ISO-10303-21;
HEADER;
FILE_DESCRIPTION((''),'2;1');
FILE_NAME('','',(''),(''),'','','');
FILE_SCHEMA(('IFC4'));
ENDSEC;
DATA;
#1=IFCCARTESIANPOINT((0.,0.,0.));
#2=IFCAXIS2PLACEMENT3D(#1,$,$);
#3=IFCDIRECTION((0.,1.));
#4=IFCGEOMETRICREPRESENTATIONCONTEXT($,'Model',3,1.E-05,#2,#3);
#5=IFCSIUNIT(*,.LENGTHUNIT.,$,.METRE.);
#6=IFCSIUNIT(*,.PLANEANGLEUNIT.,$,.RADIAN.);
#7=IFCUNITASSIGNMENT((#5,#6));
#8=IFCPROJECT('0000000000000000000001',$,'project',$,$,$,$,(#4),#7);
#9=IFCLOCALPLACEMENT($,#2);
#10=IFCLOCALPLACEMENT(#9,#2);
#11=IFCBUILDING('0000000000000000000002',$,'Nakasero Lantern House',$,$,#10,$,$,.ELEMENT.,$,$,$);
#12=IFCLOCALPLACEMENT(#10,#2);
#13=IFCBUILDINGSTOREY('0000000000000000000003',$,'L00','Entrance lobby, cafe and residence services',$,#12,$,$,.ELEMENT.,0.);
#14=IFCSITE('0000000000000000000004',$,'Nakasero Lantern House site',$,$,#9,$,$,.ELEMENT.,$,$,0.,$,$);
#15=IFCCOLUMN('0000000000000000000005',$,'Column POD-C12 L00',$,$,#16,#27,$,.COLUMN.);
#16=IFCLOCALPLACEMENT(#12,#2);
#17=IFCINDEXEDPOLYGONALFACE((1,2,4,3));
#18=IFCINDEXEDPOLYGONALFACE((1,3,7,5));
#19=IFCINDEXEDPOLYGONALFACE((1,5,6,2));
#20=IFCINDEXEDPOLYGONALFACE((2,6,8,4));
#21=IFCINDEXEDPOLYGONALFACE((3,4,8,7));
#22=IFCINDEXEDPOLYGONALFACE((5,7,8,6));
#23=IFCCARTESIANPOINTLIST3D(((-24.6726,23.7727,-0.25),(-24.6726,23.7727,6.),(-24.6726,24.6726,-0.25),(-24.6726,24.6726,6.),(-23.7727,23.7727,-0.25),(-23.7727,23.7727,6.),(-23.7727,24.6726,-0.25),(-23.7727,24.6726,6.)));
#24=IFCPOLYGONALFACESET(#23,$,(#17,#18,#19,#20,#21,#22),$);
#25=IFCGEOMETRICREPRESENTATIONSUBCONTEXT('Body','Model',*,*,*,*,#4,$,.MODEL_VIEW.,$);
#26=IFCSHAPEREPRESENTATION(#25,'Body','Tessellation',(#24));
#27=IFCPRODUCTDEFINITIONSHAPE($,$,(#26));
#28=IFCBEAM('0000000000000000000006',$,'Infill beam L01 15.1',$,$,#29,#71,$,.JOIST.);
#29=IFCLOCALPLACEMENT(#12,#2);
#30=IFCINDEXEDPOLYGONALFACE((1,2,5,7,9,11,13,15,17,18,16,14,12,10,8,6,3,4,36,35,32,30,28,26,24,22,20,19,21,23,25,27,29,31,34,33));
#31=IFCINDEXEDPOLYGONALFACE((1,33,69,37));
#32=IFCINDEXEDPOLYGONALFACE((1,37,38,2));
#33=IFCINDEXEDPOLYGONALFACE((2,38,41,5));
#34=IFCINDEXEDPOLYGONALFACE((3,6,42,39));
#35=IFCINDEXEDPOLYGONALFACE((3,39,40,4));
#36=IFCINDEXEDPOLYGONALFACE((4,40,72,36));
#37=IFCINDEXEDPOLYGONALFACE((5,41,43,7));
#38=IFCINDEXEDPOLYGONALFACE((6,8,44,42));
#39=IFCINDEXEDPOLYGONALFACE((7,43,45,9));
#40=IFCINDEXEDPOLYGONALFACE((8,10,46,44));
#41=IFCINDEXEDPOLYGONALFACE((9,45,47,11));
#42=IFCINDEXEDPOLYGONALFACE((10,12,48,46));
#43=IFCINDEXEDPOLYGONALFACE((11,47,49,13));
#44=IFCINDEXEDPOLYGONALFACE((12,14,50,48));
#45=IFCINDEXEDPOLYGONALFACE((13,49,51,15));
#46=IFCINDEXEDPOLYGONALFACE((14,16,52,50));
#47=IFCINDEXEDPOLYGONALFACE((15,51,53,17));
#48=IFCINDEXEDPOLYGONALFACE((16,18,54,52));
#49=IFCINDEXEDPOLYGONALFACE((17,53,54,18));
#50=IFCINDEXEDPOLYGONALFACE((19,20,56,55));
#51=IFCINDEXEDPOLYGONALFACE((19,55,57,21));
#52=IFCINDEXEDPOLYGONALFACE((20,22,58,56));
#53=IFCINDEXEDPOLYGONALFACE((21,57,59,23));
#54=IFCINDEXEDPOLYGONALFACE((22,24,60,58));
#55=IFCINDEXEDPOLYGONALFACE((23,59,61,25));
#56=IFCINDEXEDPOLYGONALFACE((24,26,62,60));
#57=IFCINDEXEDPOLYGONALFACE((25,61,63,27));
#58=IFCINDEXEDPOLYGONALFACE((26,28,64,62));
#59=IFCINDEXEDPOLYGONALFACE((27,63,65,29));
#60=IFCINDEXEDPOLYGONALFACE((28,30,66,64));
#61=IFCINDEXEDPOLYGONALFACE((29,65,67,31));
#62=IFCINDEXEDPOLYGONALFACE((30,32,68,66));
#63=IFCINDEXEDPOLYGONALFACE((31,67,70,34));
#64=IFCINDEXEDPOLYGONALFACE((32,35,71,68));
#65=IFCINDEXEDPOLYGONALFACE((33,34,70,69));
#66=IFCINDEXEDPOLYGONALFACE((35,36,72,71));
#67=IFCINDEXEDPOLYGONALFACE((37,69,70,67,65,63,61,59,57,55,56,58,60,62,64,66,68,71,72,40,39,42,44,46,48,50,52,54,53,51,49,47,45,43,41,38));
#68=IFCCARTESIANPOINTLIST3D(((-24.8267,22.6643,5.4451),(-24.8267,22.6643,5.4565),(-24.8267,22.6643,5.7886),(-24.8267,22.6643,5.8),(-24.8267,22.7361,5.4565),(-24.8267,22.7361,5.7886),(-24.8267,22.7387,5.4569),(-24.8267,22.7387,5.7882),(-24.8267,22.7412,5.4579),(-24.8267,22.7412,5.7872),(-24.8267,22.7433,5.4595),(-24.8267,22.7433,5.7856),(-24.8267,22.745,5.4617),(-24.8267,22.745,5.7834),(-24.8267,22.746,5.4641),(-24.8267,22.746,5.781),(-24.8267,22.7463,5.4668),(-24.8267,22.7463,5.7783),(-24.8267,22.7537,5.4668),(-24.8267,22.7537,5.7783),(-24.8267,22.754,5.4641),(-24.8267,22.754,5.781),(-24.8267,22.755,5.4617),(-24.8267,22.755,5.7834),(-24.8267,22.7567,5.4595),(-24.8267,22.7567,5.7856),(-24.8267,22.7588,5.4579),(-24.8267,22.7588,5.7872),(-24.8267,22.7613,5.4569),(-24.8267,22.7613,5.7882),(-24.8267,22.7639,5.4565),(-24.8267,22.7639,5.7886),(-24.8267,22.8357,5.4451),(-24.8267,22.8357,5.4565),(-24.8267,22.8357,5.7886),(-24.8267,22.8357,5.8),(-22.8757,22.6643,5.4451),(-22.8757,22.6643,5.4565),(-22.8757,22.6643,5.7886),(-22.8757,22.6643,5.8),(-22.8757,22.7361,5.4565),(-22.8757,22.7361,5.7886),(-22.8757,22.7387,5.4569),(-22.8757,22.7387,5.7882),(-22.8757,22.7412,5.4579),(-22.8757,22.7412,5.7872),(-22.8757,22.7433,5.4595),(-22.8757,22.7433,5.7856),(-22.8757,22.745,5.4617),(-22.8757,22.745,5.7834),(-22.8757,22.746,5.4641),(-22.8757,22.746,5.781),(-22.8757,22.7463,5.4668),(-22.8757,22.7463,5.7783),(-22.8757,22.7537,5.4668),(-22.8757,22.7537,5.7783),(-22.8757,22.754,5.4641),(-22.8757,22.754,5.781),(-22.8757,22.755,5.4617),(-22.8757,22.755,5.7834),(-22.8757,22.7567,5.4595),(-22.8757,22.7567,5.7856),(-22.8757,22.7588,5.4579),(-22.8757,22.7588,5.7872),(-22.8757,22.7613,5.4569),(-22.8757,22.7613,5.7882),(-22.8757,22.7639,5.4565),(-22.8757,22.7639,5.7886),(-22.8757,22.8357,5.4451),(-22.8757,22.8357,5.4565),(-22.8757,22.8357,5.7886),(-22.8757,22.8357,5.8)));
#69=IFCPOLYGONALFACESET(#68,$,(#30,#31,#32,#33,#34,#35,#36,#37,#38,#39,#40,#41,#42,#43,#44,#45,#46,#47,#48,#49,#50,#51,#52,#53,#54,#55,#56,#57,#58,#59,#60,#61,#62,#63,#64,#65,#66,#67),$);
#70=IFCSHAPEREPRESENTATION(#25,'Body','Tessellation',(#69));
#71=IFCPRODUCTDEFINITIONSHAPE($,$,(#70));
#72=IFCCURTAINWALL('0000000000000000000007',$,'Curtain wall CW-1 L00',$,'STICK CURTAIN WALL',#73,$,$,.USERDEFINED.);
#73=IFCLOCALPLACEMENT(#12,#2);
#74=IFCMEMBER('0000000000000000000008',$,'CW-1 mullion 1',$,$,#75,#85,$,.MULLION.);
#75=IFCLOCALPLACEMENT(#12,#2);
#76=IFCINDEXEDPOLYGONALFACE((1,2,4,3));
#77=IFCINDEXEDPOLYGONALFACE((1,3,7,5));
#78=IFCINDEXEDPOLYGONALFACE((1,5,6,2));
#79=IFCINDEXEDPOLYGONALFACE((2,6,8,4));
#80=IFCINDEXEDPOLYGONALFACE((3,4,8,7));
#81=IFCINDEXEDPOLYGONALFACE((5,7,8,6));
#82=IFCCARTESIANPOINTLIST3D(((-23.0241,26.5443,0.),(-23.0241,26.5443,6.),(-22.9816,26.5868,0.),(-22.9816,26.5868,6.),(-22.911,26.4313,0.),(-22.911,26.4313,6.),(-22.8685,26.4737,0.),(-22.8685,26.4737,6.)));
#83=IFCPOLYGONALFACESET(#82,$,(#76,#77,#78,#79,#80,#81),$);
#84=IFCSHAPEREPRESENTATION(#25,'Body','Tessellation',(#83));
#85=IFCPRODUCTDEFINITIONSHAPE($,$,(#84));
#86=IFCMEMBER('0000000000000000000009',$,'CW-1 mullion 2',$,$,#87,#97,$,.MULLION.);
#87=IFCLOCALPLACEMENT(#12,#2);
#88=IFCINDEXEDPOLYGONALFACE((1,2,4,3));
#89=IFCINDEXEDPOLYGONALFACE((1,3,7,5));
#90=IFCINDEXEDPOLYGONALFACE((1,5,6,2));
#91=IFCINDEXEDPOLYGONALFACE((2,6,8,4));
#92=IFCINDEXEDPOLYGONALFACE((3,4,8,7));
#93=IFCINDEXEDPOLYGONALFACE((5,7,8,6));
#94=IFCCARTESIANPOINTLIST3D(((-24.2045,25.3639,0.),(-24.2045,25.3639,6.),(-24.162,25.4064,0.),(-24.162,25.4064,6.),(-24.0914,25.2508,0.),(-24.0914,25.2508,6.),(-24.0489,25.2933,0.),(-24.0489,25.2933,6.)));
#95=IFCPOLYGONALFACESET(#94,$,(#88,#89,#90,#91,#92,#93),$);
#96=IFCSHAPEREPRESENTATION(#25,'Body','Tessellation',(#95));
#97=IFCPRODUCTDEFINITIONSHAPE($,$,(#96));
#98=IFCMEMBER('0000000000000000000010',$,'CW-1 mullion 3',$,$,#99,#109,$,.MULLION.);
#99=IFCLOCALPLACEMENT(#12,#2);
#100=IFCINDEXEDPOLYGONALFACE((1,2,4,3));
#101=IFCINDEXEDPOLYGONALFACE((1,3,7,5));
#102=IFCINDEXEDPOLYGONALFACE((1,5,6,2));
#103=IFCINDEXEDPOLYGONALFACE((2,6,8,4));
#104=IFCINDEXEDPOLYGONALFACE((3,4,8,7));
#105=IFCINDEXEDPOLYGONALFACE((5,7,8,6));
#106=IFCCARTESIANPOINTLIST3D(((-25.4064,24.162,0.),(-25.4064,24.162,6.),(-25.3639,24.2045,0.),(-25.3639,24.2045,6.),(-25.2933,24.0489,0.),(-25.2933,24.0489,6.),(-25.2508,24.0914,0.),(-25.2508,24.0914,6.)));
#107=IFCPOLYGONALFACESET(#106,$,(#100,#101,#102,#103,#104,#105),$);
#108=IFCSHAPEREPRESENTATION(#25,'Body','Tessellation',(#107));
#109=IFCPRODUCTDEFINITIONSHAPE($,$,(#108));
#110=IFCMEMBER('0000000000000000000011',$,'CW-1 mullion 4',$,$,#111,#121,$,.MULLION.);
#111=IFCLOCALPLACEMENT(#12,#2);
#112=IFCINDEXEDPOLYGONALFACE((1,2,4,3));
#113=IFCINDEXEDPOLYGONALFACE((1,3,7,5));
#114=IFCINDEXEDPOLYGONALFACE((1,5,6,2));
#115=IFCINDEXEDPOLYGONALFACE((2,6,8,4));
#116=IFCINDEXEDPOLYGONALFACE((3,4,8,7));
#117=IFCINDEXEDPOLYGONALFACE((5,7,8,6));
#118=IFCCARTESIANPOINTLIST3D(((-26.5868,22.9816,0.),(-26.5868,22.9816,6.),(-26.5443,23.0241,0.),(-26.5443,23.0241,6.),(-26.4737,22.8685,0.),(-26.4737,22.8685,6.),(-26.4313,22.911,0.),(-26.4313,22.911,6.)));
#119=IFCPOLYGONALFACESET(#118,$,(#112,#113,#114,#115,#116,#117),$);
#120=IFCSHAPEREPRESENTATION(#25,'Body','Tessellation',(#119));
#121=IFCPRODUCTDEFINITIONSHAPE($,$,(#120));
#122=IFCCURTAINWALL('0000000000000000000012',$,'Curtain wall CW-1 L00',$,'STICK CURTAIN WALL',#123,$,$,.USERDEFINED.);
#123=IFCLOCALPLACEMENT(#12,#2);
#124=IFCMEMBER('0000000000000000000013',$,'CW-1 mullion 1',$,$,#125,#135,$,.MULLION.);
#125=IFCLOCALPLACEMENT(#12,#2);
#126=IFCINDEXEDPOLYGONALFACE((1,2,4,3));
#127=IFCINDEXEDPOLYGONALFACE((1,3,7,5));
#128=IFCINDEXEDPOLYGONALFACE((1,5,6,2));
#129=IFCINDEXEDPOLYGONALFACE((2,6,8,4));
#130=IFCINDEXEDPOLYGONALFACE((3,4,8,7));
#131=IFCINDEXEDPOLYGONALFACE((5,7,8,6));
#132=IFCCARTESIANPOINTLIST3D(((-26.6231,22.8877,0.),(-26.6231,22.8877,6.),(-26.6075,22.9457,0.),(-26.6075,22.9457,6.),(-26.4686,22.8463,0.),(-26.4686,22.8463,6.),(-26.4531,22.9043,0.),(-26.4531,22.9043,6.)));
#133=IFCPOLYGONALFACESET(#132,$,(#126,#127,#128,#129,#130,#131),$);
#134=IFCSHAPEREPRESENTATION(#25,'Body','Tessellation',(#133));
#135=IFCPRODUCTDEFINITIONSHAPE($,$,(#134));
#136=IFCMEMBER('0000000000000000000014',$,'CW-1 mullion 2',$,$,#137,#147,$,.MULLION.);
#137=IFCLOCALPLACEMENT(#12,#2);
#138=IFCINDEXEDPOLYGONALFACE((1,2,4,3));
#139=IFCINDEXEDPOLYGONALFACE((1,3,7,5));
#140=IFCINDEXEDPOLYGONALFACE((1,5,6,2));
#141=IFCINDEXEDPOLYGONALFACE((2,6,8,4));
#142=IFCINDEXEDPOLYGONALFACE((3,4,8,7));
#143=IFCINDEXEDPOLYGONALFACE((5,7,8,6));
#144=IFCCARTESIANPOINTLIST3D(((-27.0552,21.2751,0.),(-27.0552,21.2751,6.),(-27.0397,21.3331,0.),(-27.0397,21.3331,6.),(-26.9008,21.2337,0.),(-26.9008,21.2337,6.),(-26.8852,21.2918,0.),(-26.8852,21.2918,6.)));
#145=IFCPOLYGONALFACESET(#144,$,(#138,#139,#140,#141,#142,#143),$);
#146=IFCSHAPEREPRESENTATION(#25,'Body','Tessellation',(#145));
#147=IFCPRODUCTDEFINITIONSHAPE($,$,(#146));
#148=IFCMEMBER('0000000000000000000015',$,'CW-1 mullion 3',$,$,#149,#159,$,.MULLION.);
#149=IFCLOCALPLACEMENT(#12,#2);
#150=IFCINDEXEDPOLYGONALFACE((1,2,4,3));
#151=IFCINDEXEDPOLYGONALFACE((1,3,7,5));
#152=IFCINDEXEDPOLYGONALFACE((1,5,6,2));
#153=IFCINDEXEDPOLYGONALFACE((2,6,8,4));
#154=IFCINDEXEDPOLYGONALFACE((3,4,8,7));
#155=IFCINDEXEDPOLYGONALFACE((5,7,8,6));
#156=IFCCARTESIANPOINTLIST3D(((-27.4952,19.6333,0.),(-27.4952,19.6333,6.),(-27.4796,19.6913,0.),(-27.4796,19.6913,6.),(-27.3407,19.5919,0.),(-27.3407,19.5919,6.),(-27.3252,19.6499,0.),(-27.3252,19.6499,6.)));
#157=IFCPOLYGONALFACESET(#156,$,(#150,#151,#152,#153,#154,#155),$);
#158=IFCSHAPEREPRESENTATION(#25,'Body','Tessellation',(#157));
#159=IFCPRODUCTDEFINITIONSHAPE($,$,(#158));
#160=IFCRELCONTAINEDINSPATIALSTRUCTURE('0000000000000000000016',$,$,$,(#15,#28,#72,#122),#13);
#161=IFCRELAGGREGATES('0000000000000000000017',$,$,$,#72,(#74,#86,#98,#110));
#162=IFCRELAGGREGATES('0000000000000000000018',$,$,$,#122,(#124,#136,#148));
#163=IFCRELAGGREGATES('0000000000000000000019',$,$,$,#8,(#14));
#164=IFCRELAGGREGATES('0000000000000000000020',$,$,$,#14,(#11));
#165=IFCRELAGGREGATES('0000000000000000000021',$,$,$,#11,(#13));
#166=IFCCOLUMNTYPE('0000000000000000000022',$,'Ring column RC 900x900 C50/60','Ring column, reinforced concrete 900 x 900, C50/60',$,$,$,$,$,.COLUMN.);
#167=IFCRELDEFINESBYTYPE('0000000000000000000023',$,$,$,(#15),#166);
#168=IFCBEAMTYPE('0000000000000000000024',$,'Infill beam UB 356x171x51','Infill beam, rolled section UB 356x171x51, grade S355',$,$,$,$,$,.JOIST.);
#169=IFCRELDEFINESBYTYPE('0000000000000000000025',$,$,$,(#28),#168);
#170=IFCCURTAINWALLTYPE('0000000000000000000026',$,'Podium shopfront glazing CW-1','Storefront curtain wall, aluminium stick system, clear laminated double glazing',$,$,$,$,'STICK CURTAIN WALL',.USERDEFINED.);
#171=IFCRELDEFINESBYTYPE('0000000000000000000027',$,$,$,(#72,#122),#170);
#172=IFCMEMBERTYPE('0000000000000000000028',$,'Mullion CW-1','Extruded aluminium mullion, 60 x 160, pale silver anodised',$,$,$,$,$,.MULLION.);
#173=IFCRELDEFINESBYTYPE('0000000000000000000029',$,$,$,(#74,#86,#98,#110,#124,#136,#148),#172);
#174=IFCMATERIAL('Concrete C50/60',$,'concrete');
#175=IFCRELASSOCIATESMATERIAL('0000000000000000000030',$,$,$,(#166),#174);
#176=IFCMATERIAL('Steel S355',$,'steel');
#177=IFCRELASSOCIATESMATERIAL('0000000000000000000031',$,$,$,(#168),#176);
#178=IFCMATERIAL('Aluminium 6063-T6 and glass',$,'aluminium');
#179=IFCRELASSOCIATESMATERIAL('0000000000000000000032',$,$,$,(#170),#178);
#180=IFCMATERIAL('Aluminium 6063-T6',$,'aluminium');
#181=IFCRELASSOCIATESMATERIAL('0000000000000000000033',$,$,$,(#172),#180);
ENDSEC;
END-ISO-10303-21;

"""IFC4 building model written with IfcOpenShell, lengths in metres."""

from ifc_helpers import new_model, si_unit, direction, frame, origin, origin_2d, place, context, subcontext, project, spatial, rectangle, i_section, extrude, material, material_profile, profile_set, type_object, element, aggregate, save


model = new_model("IFC4")

# Units and contexts
model_context = context("Model", 3, precision=1e-05, world=origin(), true_north=direction((0.0, 1.0)))
body_context = subcontext(model_context, "Body", "Model", "MODEL_VIEW")
ifc_project = project(units=[si_unit("LENGTHUNIT", "METRE"), si_unit("PLANEANGLEUNIT", "RADIAN")], contexts=[model_context])

# Site, building, storey
site_placement = place(None, origin())
site = spatial("IfcSite", under=ifc_project, at=site_placement, Name="Nakasero Lantern House site", CompositionType="ELEMENT", RefElevation=0.0)
building_placement = place(site_placement, origin())
building = spatial("IfcBuilding", under=site, at=building_placement, Name="Nakasero Lantern House", CompositionType="ELEMENT")
storey_placement = place(building_placement, origin())
storey = spatial("IfcBuildingStorey", under=building, at=storey_placement, Name="L00", Description="Entrance lobby, cafe and residence services", CompositionType="ELEMENT", Elevation=0.0)

# Column
ifc_material_1 = material(Name="Concrete C50/60", Category="concrete")
ifc_material_profile_1 = material_profile(ifc_material_1, rectangle(XDim=0.8999, YDim=0.8999, at=origin_2d()), Name="RC 900x900")
ifc_profile_set_1 = profile_set([ifc_material_profile_1], Name="Concrete C50/60")
column_type = type_object("IfcColumnType", Name="Ring column RC 900x900 C50/60", Description="Ring column, reinforced concrete 900 x 900, C50/60", PredefinedType="COLUMN", material=ifc_profile_set_1)
column_placement = place(storey_placement, frame((-24.2227, 24.2227, -0.25), z_axis=(0.0, 0.0, 1.0), x_axis=(1.0, 0.0, 0.0)))
element("IfcColumn", 1, at=column_placement, inside=storey, type_object=column_type, Name="Column POD-C12 L00", PredefinedType="COLUMN", context=body_context, shape_type="SweptSolid", body=[
    extrude(rectangle(XDim=0.8999, YDim=0.8999, at=origin_2d()), origin(), (0.0, 0.0, 1.0), 6.25),
])

# Beam
ifc_material_2 = material(Name="Steel S355", Category="steel")
ifc_material_profile_2 = material_profile(ifc_material_2, i_section(OverallWidth=0.1714, OverallDepth=0.355, WebThickness=0.0073, FlangeThickness=0.0115, FilletRadius=0.0103, at=origin_2d()), Name="UB 356x171x51")
ifc_profile_set_2 = profile_set([ifc_material_profile_2], Name="Steel S355")
beam_type_1 = type_object("IfcBeamType", Name="Infill beam UB 356x171x51", Description="Infill beam, rolled section UB 356x171x51, grade S355", PredefinedType="JOIST", material=ifc_profile_set_2)
beam_1_placement = place(storey_placement, frame((-24.8267, 22.75, 5.6226), z_axis=(1.0, 0.0, 0.0), x_axis=(0.0, 1.0, 0.0)))
element("IfcBeam", 2, at=beam_1_placement, inside=storey, type_object=beam_type_1, Name="Infill beam L01 15.1", PredefinedType="JOIST", context=body_context, shape_type="SweptSolid", body=[
    extrude(i_section(OverallWidth=0.1714, OverallDepth=0.355, WebThickness=0.0073, FlangeThickness=0.0115, FilletRadius=0.0103, at=origin_2d()), origin(), (0.0, 0.0, 1.0), 1.9509),
])

# Curtain walls, members
ifc_material_3 = material(Name="Aluminium 6063-T6 and glass", Category="aluminium")
curtain_wall_type = type_object("IfcCurtainWallType", Name="Podium shopfront glazing CW-1", Description="Storefront curtain wall, aluminium stick system, clear laminated double glazing", ElementType="STICK CURTAIN WALL", PredefinedType="USERDEFINED", material=ifc_material_3)
curtain_wall_1_placement = place(storey_placement, origin())
curtain_wall_1 = element("IfcCurtainWall", 3, at=curtain_wall_1_placement, inside=storey, type_object=curtain_wall_type, Name="Curtain wall CW-1 L00", ObjectType="STICK CURTAIN WALL", PredefinedType="USERDEFINED")
ifc_material_4 = material(Name="Aluminium 6063-T6", Category="aluminium")
ifc_material_profile_3 = material_profile(ifc_material_4, rectangle(XDim=0.0601, YDim=0.1599, at=origin_2d()), Name="CW-1 mullion 60x160")
ifc_profile_set_3 = profile_set([ifc_material_profile_3], Name="Aluminium 6063-T6")
member_type_1 = type_object("IfcMemberType", Name="Mullion CW-1", Description="Extruded aluminium mullion, 60 x 160, pale silver anodised", PredefinedType="MULLION", material=ifc_profile_set_3)
member_1_placement = place(storey_placement, frame((-22.9463, 26.509, 0.0), z_axis=(0.0, 0.0, 1.0), x_axis=(-0.707107, -0.707107, 0.0)))
member_1 = element("IfcMember", 4, at=member_1_placement, type_object=member_type_1, Name="CW-1 mullion 1", PredefinedType="MULLION", context=body_context, shape_type="SweptSolid", body=[
    extrude(rectangle(XDim=0.0601, YDim=0.1599, at=origin_2d()), origin(), (0.0, 0.0, 1.0), 6.0),
])
member_2_placement = place(storey_placement, frame((-24.1267, 25.3286, 0.0), z_axis=(0.0, 0.0, 1.0), x_axis=(-0.707107, -0.707107, 0.0)))
member_2 = element("IfcMember", 5, at=member_2_placement, type_object=member_type_1, Name="CW-1 mullion 2", PredefinedType="MULLION", context=body_context, shape_type="SweptSolid", body=[
    extrude(rectangle(XDim=0.0601, YDim=0.1599, at=origin_2d()), origin(), (0.0, 0.0, 1.0), 6.0),
])
member_3_placement = place(storey_placement, frame((-25.3286, 24.1267, 0.0), z_axis=(0.0, 0.0, 1.0), x_axis=(-0.707107, -0.707107, 0.0)))
member_3 = element("IfcMember", 6, at=member_3_placement, type_object=member_type_1, Name="CW-1 mullion 3", PredefinedType="MULLION", context=body_context, shape_type="SweptSolid", body=[
    extrude(rectangle(XDim=0.0601, YDim=0.1599, at=origin_2d()), origin(), (0.0, 0.0, 1.0), 6.0),
])
member_4_placement = place(storey_placement, frame((-26.509, 22.9463, 0.0), z_axis=(0.0, 0.0, 1.0), x_axis=(-0.707107, -0.707107, 0.0)))
member_4 = element("IfcMember", 7, at=member_4_placement, type_object=member_type_1, Name="CW-1 mullion 4", PredefinedType="MULLION", context=body_context, shape_type="SweptSolid", body=[
    extrude(rectangle(XDim=0.0601, YDim=0.1599, at=origin_2d()), origin(), (0.0, 0.0, 1.0), 6.0),
])
curtain_wall_2_placement = place(storey_placement, origin())
curtain_wall_2 = element("IfcCurtainWall", 8, at=curtain_wall_2_placement, inside=storey, type_object=curtain_wall_type, Name="Curtain wall CW-1 L00", ObjectType="STICK CURTAIN WALL", PredefinedType="USERDEFINED")
member_5_placement = place(storey_placement, frame((-26.5381, 22.896, 0.0), z_axis=(0.0, 0.0, 1.0), x_axis=(-0.258819, -0.965926, 0.0)))
member_5 = element("IfcMember", 9, at=member_5_placement, type_object=member_type_1, Name="CW-1 mullion 1", PredefinedType="MULLION", context=body_context, shape_type="SweptSolid", body=[
    extrude(rectangle(XDim=0.0601, YDim=0.1599, at=origin_2d()), origin(), (0.0, 0.0, 1.0), 6.0),
])
member_6_placement = place(storey_placement, frame((-26.9702, 21.2834, 0.0), z_axis=(0.0, 0.0, 1.0), x_axis=(-0.258819, -0.965926, 0.0)))
member_6 = element("IfcMember", 10, at=member_6_placement, type_object=member_type_1, Name="CW-1 mullion 2", PredefinedType="MULLION", context=body_context, shape_type="SweptSolid", body=[
    extrude(rectangle(XDim=0.0601, YDim=0.1599, at=origin_2d()), origin(), (0.0, 0.0, 1.0), 6.0),
])
member_7_placement = place(storey_placement, frame((-27.4102, 19.6416, 0.0), z_axis=(0.0, 0.0, 1.0), x_axis=(-0.258819, -0.965926, 0.0)))
member_7 = element("IfcMember", 11, at=member_7_placement, type_object=member_type_1, Name="CW-1 mullion 3", PredefinedType="MULLION", context=body_context, shape_type="SweptSolid", body=[
    extrude(rectangle(XDim=0.0601, YDim=0.1599, at=origin_2d()), origin(), (0.0, 0.0, 1.0), 6.0),
])

aggregate(curtain_wall_1, [member_1, member_2, member_3, member_4])
aggregate(curtain_wall_2, [member_5, member_6, member_7])

save(model, "model.ifc")
